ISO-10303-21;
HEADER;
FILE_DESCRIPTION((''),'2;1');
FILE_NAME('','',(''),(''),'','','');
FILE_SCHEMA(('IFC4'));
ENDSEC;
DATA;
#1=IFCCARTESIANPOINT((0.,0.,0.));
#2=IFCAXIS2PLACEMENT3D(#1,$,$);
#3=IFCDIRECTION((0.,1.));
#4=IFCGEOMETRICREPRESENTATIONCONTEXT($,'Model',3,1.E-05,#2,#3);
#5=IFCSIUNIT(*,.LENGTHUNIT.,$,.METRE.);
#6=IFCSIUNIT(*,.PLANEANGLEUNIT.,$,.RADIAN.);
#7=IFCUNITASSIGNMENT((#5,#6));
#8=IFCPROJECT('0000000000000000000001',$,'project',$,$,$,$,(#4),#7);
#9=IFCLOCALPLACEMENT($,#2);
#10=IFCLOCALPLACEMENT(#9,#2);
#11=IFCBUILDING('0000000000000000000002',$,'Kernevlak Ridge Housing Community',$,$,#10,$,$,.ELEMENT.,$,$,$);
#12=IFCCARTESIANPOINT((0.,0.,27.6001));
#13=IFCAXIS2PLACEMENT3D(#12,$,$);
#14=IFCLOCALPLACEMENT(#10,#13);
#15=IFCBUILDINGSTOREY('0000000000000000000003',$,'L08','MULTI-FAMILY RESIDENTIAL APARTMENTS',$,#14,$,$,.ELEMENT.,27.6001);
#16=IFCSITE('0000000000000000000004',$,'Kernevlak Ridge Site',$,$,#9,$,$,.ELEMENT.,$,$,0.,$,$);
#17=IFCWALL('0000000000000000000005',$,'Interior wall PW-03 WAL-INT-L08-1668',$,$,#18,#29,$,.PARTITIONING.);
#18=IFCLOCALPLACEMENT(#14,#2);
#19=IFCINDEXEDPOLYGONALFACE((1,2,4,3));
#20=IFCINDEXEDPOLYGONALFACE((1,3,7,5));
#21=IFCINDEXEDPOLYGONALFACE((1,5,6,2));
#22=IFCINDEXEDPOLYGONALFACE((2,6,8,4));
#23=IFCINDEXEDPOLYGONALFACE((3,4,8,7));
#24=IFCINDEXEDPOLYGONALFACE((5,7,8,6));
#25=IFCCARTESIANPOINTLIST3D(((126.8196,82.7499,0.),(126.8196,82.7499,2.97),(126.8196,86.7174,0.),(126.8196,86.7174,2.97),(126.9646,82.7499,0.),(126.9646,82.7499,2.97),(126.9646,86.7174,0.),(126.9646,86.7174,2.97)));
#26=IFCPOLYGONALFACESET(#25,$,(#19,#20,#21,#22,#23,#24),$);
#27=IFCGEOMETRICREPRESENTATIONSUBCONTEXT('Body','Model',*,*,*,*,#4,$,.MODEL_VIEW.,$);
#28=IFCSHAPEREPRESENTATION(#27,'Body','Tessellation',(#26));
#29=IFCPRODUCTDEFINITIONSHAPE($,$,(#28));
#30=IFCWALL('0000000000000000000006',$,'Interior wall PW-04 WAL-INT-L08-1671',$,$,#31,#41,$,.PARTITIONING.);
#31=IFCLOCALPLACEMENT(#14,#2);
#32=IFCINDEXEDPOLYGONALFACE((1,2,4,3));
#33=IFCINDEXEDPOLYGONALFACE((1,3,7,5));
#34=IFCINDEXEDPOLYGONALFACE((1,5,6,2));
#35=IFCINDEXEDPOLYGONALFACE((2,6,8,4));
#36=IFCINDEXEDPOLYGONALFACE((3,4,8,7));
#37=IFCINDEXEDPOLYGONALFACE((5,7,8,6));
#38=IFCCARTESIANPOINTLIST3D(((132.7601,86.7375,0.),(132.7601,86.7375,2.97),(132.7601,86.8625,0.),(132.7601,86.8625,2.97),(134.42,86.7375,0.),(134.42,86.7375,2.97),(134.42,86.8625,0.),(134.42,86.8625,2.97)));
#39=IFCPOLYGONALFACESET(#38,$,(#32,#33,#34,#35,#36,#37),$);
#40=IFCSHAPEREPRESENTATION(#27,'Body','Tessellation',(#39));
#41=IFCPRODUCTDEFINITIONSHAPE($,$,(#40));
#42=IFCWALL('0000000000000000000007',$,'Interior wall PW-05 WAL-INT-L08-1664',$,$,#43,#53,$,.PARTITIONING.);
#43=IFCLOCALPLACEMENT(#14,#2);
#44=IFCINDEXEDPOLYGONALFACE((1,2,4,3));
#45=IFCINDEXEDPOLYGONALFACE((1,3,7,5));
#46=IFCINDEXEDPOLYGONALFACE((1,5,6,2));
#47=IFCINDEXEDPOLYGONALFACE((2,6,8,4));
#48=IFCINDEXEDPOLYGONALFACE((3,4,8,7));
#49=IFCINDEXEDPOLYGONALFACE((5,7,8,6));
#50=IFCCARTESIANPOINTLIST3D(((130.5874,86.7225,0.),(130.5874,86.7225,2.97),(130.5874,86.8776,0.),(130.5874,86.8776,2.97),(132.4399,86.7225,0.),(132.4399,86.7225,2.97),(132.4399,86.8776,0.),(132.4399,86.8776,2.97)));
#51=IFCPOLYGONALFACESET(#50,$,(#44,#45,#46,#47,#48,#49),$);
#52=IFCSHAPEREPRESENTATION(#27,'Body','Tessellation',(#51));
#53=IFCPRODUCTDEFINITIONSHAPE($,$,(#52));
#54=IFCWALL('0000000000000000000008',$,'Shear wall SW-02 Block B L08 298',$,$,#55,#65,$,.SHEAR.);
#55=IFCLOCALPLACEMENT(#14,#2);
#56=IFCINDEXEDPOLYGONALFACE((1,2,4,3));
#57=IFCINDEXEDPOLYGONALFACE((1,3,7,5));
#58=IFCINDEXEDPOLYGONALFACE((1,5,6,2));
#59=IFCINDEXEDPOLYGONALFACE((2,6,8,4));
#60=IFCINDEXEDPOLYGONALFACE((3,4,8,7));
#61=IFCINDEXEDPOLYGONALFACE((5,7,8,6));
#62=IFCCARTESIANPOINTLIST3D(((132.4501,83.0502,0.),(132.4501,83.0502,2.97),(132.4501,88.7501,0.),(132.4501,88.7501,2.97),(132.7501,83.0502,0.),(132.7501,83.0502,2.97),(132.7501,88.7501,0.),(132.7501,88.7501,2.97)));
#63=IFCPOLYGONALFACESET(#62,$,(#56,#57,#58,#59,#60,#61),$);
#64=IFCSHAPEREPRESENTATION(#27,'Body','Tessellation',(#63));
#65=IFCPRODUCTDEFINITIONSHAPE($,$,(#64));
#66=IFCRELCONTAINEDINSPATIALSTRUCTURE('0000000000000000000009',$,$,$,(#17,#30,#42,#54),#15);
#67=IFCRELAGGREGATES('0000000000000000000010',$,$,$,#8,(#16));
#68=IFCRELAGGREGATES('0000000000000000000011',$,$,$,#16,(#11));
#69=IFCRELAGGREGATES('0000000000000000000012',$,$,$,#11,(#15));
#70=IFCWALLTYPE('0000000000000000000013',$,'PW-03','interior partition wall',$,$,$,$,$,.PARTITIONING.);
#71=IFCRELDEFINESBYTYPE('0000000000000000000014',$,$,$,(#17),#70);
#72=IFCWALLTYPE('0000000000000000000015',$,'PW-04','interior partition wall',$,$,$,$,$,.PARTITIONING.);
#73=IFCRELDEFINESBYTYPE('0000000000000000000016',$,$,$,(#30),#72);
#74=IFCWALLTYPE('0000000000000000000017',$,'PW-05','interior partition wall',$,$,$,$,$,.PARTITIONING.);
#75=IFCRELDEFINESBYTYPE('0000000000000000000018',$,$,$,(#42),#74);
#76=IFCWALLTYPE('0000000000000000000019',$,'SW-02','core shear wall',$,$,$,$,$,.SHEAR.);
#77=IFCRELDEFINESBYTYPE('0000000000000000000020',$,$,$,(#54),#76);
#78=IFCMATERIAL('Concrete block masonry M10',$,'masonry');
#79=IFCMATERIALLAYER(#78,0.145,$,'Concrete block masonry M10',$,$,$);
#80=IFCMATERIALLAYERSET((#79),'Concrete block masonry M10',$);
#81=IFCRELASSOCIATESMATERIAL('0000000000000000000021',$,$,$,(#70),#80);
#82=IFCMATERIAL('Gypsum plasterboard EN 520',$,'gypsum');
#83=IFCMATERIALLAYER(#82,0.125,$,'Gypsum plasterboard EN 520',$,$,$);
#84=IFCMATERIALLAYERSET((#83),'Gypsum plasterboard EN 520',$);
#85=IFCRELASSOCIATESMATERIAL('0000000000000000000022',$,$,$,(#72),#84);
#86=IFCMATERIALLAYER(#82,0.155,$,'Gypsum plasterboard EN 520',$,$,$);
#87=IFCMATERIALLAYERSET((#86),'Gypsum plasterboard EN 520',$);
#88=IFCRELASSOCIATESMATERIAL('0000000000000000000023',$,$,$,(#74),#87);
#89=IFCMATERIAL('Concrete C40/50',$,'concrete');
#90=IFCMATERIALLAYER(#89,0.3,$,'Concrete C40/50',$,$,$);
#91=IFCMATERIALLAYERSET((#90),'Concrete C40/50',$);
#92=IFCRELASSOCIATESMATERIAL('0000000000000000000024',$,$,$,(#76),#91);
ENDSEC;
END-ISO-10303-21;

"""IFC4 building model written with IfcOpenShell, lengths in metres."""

from ifc_helpers import new_model, si_unit, direction, frame, frame_2d, origin, place, context, subcontext, project, spatial, rectangle, extrude, material, layer, layer_set, type_object, element, save


model = new_model("IFC4")

# Units and contexts
model_context = context("Model", 3, precision=1e-05, world=origin(), true_north=direction((0.0, 1.0)))
body_context = subcontext(model_context, "Body", "Model", "MODEL_VIEW")
ifc_project = project(units=[si_unit("LENGTHUNIT", "METRE"), si_unit("PLANEANGLEUNIT", "RADIAN")], contexts=[model_context])

# Site, building, storey
site_placement = place(None, origin())
site = spatial("IfcSite", under=ifc_project, at=site_placement, Name="Kernevlak Ridge Site", CompositionType="ELEMENT", RefElevation=0.0)
building_placement = place(site_placement, origin())
building = spatial("IfcBuilding", under=site, at=building_placement, Name="Kernevlak Ridge Housing Community", CompositionType="ELEMENT")
storey_placement = place(building_placement, frame((0.0, 0.0, 27.6001)))
storey = spatial("IfcBuildingStorey", under=building, at=storey_placement, Name="L08", Description="MULTI-FAMILY RESIDENTIAL APARTMENTS", CompositionType="ELEMENT", Elevation=27.6001)

# Shared definitions
ifc_material_1 = material(Name="Concrete C40/50", Category="concrete")

# Shared definitions
ifc_material_2 = material(Name="Concrete block masonry M10", Category="masonry")

# Walls
ifc_layer_1 = layer(ifc_material_2, 0.145, Name="Concrete block masonry M10")
ifc_layer_set_1 = layer_set([ifc_layer_1], Name="Concrete block masonry M10")
wall_type_1 = type_object("IfcWallType", Name="PW-03", Description="interior partition wall", PredefinedType="PARTITIONING", material=ifc_layer_set_1)
wall_1_placement = place(storey_placement, frame((126.8921, 86.7175, 0.0), z_axis=(0.0, 0.0, 1.0), x_axis=(0.0, -1.0, 0.0)))
element("IfcWall", 1, at=wall_1_placement, inside=storey, type_object=wall_type_1, Name="Interior wall PW-03 WAL-INT-L08-1668", PredefinedType="PARTITIONING", context=body_context, shape_type="SweptSolid", body=[
    extrude(rectangle(XDim=3.9675, YDim=0.145, at=frame_2d((1.9839, 0.0))), origin(), (0.0, 0.0, 1.0), 2.97),
])
ifc_material_3 = material(Name="Gypsum plasterboard EN 520", Category="gypsum")
ifc_layer_2 = layer(ifc_material_3, 0.125, Name="Gypsum plasterboard EN 520")
ifc_layer_set_2 = layer_set([ifc_layer_2], Name="Gypsum plasterboard EN 520")
wall_type_2 = type_object("IfcWallType", Name="PW-04", Description="interior partition wall", PredefinedType="PARTITIONING", material=ifc_layer_set_2)
wall_2_placement = place(storey_placement, frame((132.76, 86.8, 0.0), z_axis=(0.0, 0.0, 1.0), x_axis=(1.0, 0.0, 0.0)))
element("IfcWall", 2, at=wall_2_placement, inside=storey, type_object=wall_type_2, Name="Interior wall PW-04 WAL-INT-L08-1671", PredefinedType="PARTITIONING", context=body_context, shape_type="SweptSolid", body=[
    extrude(rectangle(XDim=1.6599, YDim=0.125, at=frame_2d((0.8301, 0.0))), origin(), (0.0, 0.0, 1.0), 2.97),
])

# Shared definitions
ifc_layer_3 = layer(ifc_material_3, 0.155, Name="Gypsum plasterboard EN 520")
ifc_layer_set_3 = layer_set([ifc_layer_3], Name="Gypsum plasterboard EN 520")
wall_type_3 = type_object("IfcWallType", Name="PW-05", Description="interior partition wall", PredefinedType="PARTITIONING", material=ifc_layer_set_3)

# Walls
wall_3_placement = place(storey_placement, frame((130.5874, 86.8, 0.0), z_axis=(0.0, 0.0, 1.0), x_axis=(1.0, 0.0, 0.0)))
element("IfcWall", 3, at=wall_3_placement, inside=storey, type_object=wall_type_3, Name="Interior wall PW-05 WAL-INT-L08-1664", PredefinedType="PARTITIONING", context=body_context, shape_type="SweptSolid", body=[
    extrude(rectangle(XDim=1.8525, YDim=0.155, at=frame_2d((0.9263, 0.0))), origin(), (0.0, 0.0, 1.0), 2.97),
])
ifc_layer_4 = layer(ifc_material_1, 0.3, Name="Concrete C40/50")
ifc_layer_set_4 = layer_set([ifc_layer_4], Name="Concrete C40/50")
wall_type_4 = type_object("IfcWallType", Name="SW-02", Description="core shear wall", PredefinedType="SHEAR", material=ifc_layer_set_4)
wall_4_placement = place(storey_placement, frame((132.6001, 83.05, 0.0), z_axis=(0.0, 0.0, 1.0), x_axis=(0.0, 1.0, 0.0)))
element("IfcWall", 4, at=wall_4_placement, inside=storey, type_object=wall_type_4, Name="Shear wall SW-02 Block B L08 298", PredefinedType="SHEAR", context=body_context, shape_type="SweptSolid", body=[
    extrude(rectangle(XDim=5.7, YDim=0.3, at=frame_2d((2.8501, 0.0))), origin(), (0.0, 0.0, 1.0), 2.97),
])

save(model, "model.ifc")
